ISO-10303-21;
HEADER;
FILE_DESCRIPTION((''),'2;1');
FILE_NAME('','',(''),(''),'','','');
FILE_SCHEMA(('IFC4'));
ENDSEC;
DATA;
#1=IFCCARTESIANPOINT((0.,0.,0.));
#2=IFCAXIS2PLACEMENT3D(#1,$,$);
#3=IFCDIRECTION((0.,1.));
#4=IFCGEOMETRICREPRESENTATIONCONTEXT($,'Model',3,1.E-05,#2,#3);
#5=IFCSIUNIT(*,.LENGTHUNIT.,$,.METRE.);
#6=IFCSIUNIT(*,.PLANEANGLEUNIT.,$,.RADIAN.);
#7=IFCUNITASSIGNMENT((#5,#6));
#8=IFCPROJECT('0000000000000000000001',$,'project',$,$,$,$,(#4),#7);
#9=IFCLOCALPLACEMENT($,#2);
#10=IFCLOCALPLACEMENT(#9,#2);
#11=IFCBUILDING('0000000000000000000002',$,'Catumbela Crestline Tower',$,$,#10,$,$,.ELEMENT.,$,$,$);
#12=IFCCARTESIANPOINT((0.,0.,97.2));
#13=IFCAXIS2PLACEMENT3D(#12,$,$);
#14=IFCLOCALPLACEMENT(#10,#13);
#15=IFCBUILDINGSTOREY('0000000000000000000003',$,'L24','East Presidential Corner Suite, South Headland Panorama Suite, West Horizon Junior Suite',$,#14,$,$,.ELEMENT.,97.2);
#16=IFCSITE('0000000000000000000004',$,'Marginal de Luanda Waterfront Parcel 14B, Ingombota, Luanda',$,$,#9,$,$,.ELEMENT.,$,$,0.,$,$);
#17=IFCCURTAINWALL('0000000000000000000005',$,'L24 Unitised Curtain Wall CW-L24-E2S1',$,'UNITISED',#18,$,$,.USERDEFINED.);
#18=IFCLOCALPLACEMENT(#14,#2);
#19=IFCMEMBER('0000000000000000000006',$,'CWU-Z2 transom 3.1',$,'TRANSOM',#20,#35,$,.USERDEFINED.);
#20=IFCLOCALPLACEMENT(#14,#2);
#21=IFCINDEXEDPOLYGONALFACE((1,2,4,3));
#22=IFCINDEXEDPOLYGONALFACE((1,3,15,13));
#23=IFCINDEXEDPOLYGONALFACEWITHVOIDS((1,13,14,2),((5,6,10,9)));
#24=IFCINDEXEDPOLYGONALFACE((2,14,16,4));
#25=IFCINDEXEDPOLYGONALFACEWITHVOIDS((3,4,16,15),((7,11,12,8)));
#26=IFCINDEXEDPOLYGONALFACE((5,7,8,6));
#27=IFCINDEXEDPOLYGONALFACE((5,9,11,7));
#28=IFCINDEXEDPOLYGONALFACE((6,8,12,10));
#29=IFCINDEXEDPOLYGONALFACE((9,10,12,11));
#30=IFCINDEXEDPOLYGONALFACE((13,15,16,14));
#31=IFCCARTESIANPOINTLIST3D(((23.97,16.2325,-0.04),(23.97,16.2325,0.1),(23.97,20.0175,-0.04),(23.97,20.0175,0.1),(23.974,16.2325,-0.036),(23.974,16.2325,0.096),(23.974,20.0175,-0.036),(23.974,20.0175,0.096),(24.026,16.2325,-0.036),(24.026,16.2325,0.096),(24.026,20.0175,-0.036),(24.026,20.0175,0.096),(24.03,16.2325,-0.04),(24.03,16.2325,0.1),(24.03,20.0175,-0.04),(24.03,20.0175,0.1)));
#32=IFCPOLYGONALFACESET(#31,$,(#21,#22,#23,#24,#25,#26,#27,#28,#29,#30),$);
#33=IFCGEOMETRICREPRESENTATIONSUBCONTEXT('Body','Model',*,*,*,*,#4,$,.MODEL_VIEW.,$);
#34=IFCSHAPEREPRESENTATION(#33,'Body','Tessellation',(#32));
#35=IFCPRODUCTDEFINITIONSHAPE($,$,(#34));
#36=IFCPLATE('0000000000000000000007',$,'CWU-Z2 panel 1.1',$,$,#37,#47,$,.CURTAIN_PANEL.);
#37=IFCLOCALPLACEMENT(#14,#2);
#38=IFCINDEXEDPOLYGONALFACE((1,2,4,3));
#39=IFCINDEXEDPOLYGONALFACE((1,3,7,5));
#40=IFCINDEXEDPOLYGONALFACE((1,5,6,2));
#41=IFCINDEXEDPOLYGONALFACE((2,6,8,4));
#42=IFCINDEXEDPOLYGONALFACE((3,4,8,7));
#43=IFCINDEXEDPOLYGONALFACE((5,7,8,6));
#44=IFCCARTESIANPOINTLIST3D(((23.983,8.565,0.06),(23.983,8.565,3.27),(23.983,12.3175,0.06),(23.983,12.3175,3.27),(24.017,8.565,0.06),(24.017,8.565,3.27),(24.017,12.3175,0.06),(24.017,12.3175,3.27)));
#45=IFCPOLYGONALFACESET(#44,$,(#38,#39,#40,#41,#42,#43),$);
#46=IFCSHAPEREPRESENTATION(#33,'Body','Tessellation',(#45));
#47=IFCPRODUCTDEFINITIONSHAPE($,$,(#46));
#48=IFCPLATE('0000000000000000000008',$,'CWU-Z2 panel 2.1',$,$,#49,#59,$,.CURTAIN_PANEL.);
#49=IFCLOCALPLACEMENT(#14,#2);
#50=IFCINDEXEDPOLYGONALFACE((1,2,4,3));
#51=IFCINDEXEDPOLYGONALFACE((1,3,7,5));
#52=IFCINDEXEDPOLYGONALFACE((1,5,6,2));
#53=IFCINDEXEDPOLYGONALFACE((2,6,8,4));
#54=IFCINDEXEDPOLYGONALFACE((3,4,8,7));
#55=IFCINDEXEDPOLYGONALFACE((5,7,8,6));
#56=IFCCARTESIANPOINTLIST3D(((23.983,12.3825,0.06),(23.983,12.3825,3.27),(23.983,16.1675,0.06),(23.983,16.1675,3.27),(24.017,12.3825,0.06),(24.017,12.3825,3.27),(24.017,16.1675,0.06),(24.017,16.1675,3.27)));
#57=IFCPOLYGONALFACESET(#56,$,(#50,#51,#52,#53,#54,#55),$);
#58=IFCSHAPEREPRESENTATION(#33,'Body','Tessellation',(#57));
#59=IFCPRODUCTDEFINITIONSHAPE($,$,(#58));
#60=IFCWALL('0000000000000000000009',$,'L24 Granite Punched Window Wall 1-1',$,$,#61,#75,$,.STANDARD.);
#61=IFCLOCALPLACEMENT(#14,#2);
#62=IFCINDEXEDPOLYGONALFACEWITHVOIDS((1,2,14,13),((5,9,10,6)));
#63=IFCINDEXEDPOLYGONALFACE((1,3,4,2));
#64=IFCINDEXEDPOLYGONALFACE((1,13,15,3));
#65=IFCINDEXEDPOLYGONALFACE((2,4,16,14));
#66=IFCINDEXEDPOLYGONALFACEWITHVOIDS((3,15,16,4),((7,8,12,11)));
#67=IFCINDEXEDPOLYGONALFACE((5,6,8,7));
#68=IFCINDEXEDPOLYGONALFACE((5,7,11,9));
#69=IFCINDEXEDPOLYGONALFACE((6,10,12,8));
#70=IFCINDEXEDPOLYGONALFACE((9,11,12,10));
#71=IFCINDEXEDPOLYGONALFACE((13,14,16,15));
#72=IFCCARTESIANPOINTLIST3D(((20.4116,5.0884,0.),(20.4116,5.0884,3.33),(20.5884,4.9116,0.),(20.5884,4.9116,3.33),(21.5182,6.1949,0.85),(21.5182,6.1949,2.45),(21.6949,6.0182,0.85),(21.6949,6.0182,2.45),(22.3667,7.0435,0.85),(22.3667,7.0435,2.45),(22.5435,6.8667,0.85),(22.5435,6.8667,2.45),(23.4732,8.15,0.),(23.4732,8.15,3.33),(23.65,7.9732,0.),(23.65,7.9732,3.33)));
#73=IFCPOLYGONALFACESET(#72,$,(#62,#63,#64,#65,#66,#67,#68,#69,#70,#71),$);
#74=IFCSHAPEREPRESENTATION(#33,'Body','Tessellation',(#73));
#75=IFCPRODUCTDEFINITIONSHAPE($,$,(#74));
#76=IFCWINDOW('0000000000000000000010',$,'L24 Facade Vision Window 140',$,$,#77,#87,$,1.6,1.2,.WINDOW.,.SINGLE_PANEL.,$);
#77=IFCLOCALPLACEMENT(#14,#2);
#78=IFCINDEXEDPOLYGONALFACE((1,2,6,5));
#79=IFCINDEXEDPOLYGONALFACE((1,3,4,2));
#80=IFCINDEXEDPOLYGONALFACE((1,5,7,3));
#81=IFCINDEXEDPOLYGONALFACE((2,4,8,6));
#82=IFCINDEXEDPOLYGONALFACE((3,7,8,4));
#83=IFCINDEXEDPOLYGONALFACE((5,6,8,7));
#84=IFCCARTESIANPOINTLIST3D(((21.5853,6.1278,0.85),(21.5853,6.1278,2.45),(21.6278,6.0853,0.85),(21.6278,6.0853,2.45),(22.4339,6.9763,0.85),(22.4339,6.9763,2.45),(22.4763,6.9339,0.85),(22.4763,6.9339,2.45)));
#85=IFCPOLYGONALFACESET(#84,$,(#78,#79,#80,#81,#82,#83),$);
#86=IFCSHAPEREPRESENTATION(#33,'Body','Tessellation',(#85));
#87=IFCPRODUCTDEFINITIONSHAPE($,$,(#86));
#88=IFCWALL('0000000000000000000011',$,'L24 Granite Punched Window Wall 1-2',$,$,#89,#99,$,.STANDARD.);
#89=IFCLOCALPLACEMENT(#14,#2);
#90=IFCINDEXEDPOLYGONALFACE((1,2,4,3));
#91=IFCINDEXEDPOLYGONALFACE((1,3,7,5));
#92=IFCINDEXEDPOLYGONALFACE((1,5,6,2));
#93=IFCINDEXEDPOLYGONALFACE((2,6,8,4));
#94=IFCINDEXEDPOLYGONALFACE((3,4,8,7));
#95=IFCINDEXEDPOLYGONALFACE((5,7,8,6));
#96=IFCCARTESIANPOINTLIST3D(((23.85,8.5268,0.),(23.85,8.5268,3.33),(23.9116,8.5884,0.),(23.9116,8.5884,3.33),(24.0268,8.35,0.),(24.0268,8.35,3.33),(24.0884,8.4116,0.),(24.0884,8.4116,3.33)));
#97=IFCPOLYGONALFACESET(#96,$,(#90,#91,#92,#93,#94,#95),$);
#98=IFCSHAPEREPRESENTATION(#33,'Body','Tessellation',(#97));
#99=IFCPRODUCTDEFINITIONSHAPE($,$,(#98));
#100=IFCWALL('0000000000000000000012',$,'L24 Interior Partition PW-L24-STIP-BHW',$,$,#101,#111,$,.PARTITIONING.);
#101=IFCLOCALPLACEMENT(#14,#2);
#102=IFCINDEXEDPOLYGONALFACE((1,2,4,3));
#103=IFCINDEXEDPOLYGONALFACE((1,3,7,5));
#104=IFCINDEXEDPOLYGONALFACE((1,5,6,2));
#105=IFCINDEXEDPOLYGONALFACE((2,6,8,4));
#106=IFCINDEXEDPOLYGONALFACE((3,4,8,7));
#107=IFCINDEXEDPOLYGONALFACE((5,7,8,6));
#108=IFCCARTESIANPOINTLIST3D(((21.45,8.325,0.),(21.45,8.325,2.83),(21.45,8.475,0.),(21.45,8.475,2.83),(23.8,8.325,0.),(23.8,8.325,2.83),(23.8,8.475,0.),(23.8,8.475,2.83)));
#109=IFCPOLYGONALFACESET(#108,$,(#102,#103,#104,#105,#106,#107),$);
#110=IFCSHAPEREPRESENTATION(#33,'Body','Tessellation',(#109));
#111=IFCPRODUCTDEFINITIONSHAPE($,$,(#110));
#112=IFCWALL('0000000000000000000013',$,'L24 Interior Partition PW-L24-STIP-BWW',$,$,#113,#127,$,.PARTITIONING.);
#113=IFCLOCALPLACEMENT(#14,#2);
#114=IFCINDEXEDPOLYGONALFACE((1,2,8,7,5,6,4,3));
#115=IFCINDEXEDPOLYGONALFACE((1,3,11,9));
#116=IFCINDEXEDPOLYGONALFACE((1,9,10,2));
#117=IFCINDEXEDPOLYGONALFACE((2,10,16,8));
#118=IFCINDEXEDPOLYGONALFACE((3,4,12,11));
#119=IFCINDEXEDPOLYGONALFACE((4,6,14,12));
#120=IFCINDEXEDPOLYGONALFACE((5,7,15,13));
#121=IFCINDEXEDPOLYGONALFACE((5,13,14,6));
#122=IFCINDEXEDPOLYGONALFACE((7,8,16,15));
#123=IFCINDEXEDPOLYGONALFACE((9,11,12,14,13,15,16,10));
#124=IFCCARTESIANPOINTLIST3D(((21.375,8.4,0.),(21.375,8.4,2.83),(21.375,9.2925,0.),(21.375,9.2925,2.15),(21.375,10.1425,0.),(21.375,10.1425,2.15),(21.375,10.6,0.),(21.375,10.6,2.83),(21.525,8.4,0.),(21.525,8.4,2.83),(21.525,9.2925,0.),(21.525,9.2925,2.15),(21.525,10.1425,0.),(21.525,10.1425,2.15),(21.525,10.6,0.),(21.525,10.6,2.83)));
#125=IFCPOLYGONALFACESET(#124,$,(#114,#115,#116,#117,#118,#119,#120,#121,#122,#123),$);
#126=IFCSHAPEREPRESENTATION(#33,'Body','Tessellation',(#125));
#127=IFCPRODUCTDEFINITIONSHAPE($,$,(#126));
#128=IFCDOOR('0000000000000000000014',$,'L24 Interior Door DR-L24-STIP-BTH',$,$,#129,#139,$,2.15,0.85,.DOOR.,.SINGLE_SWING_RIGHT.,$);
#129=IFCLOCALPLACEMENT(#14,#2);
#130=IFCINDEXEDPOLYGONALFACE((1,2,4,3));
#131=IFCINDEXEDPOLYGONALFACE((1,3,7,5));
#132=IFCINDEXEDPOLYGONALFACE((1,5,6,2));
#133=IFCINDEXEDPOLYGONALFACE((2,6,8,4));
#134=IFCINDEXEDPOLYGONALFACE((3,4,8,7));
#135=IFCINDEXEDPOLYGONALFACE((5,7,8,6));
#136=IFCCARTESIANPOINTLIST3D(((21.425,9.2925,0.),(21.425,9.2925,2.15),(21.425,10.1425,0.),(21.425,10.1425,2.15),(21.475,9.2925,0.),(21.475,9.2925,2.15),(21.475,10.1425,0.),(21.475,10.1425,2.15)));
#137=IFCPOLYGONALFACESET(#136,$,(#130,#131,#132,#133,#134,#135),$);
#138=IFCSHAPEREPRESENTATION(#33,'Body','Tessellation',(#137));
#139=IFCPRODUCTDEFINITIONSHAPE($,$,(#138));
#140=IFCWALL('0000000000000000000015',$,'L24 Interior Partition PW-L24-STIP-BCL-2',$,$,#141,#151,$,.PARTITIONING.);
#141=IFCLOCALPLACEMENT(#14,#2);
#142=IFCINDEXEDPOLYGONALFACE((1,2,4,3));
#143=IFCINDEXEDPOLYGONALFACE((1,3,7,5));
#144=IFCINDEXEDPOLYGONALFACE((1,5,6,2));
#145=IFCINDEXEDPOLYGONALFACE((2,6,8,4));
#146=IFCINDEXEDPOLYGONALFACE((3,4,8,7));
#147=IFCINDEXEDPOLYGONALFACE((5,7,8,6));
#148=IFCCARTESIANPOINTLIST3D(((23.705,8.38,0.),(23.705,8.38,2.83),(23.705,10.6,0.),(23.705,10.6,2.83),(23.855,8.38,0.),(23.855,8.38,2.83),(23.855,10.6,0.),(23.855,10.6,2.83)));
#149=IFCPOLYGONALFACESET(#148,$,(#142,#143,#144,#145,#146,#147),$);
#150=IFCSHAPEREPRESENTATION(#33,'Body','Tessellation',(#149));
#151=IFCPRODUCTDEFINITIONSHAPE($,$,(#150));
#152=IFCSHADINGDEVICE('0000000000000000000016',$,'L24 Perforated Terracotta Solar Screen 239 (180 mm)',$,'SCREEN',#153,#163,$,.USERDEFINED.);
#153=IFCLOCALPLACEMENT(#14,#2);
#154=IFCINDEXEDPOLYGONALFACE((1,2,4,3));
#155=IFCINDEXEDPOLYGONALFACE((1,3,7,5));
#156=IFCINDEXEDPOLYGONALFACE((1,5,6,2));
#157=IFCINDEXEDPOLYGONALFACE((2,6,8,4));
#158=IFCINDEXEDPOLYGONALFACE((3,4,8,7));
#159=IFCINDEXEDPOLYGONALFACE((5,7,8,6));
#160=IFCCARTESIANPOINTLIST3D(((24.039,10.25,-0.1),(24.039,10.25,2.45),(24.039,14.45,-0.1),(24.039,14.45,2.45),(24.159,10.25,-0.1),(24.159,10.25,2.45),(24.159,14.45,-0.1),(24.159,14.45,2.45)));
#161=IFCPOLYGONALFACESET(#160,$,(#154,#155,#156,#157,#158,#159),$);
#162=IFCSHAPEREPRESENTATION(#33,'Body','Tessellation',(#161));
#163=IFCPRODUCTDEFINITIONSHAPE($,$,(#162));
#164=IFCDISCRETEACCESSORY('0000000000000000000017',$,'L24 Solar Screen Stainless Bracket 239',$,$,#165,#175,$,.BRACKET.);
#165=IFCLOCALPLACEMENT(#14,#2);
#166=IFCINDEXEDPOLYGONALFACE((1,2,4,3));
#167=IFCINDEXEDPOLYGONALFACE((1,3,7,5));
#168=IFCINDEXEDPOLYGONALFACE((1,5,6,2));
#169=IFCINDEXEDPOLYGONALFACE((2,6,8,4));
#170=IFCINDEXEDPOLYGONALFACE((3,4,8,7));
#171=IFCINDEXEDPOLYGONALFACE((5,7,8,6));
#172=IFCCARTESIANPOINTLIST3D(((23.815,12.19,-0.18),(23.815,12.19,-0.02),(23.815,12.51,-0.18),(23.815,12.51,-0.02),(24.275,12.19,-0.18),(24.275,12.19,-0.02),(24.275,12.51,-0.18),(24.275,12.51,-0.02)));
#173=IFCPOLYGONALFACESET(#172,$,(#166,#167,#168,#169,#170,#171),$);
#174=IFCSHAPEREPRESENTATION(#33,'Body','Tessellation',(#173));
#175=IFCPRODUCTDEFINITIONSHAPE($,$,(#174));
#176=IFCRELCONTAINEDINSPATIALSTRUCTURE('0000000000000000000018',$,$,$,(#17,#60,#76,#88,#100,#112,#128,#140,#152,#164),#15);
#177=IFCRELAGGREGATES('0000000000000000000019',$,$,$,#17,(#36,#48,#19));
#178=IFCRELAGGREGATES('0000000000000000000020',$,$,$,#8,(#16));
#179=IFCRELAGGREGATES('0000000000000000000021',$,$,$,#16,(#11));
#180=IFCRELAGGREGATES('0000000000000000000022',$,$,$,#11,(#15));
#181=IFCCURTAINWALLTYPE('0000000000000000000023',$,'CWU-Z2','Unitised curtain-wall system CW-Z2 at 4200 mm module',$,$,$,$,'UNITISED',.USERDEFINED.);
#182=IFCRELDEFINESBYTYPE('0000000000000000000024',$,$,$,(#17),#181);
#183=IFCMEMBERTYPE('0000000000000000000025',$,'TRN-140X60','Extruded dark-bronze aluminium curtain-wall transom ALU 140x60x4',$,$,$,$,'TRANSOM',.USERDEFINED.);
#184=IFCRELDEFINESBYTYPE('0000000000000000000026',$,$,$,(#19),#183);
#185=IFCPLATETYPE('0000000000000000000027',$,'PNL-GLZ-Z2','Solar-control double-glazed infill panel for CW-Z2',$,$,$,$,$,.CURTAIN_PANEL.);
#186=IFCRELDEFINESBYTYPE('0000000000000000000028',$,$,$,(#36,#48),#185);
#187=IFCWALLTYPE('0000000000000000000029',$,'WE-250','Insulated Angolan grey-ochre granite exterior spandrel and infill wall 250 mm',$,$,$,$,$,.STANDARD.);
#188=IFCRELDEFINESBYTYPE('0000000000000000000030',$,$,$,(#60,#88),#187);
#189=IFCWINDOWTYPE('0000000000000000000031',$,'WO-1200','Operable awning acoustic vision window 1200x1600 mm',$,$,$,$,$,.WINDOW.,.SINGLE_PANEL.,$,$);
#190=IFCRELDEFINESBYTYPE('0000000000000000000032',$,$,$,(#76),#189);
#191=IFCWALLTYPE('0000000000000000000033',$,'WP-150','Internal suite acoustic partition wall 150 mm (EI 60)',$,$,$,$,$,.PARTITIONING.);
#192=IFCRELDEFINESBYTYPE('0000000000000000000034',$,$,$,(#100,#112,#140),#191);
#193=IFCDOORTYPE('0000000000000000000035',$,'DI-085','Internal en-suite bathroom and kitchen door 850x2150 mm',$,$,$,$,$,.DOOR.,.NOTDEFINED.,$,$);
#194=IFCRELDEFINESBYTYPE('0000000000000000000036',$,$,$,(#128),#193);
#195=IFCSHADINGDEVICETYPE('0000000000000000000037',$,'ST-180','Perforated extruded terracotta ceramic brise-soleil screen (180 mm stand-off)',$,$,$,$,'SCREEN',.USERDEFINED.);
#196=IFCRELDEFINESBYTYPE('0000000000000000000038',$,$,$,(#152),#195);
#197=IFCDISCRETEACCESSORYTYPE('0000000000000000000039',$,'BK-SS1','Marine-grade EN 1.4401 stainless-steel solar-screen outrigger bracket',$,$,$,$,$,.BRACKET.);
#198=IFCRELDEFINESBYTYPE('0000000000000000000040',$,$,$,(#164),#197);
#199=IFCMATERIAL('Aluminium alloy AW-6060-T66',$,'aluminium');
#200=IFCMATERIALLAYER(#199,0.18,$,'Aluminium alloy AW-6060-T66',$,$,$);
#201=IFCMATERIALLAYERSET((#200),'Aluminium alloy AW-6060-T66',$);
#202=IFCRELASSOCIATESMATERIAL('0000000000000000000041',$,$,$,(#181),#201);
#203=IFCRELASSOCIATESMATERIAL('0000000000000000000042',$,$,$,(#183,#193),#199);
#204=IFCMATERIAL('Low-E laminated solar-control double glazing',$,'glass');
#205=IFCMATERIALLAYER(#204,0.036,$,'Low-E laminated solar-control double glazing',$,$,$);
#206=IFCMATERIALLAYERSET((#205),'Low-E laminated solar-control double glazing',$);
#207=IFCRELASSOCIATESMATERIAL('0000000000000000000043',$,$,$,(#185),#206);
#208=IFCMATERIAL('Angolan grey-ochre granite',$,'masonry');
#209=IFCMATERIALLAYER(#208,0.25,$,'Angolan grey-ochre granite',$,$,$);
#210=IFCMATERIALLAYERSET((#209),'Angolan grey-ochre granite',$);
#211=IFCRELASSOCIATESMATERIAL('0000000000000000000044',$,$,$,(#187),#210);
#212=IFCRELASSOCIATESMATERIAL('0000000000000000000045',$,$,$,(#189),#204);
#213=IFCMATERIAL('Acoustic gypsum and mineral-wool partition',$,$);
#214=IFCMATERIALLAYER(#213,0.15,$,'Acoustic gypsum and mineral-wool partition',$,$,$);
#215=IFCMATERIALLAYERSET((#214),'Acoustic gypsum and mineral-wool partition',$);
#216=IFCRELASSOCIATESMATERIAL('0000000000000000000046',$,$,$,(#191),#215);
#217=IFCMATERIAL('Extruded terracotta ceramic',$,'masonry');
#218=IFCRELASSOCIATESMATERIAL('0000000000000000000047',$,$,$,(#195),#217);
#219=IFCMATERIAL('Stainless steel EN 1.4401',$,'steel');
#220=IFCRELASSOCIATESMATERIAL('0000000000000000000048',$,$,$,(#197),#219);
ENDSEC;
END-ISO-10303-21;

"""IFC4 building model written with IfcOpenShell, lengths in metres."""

from ifc_helpers import new_model, si_unit, direction, frame, frame_2d, origin, origin_2d, place, context, subcontext, project, spatial, rectangle, hollow_rectangle, extrude, material, layer, layer_set, material_profile, profile_set, type_object, element, fill, aggregate, save


model = new_model("IFC4")

# Units and contexts
model_context = context("Model", 3, precision=1e-05, world=origin(), true_north=direction((0.0, 1.0)))
body_context = subcontext(model_context, "Body", "Model", "MODEL_VIEW")
ifc_project = project(units=[si_unit("LENGTHUNIT", "METRE"), si_unit("PLANEANGLEUNIT", "RADIAN")], contexts=[model_context])

# Site, building, storey
site_placement = place(None, origin())
site = spatial("IfcSite", under=ifc_project, at=site_placement, Name="Marginal de Luanda Waterfront Parcel 14B, Ingombota, Luanda", CompositionType="ELEMENT", RefElevation=0.0)
building_placement = place(site_placement, origin())
building = spatial("IfcBuilding", under=site, at=building_placement, Name="Catumbela Crestline Tower", CompositionType="ELEMENT")
storey_placement = place(building_placement, frame((0.0, 0.0, 97.2)))
storey = spatial("IfcBuildingStorey", under=building, at=storey_placement, Name="L24", Description="East Presidential Corner Suite, South Headland Panorama Suite, West Horizon Junior Suite", CompositionType="ELEMENT", Elevation=97.2)

# Shared definitions
ifc_material_1 = material(Name="Aluminium alloy AW-6060-T66", Category="aluminium")
ifc_layer_1 = layer(ifc_material_1, 0.18, Name="Aluminium alloy AW-6060-T66")
ifc_layer_set_1 = layer_set([ifc_layer_1], Name="Aluminium alloy AW-6060-T66")
curtain_wall_type = type_object("IfcCurtainWallType", Name="CWU-Z2", Description="Unitised curtain-wall system CW-Z2 at 4200 mm module", ElementType="UNITISED", PredefinedType="USERDEFINED", material=ifc_layer_set_1)

# Curtain wall
curtain_wall_1_placement = place(storey_placement, origin())
curtain_wall_1 = element("IfcCurtainWall", 1, at=curtain_wall_1_placement, inside=storey, type_object=curtain_wall_type, Name="L24 Unitised Curtain Wall CW-L24-E2S1", ObjectType="UNITISED", PredefinedType="USERDEFINED")

# Member
ifc_material_profile_1 = material_profile(ifc_material_1, hollow_rectangle(XDim=0.06, YDim=0.14, WallThickness=0.004, at=origin_2d()), Name="ALU 140x60x4")
ifc_profile_set_1 = profile_set([ifc_material_profile_1], Name="Aluminium alloy AW-6060-T66")
member_type_1 = type_object("IfcMemberType", Name="TRN-140X60", Description="Extruded dark-bronze aluminium curtain-wall transom ALU 140x60x4", ElementType="TRANSOM", PredefinedType="USERDEFINED", material=ifc_profile_set_1)
member_1_placement = place(storey_placement, frame((24.0, 16.2325, 0.03), z_axis=(0.0, 1.0, 0.0), x_axis=(-1.0, 0.0, 0.0)))
member_1 = element("IfcMember", 2, at=member_1_placement, type_object=member_type_1, Name="CWU-Z2 transom 3.1", ObjectType="TRANSOM", PredefinedType="USERDEFINED", context=body_context, shape_type="SweptSolid", body=[
    extrude(hollow_rectangle(XDim=0.06, YDim=0.14, WallThickness=0.004, at=origin_2d()), origin(), (0.0, 0.0, 1.0), 3.785),
])

# Plates
ifc_material_2 = material(Name="Low-E laminated solar-control double glazing", Category="glass")
ifc_layer_2 = layer(ifc_material_2, 0.036, Name="Low-E laminated solar-control double glazing")
ifc_layer_set_2 = layer_set([ifc_layer_2], Name="Low-E laminated solar-control double glazing")
plate_type = type_object("IfcPlateType", Name="PNL-GLZ-Z2", Description="Solar-control double-glazed infill panel for CW-Z2", PredefinedType="CURTAIN_PANEL", material=ifc_layer_set_2)
plate_1_placement = place(storey_placement, frame((24.0, 10.4412, 0.06), z_axis=(0.0, 0.0, 1.0), x_axis=(0.0, 1.0, 0.0)))
plate_1 = element("IfcPlate", 3, at=plate_1_placement, type_object=plate_type, Name="CWU-Z2 panel 1.1", PredefinedType="CURTAIN_PANEL", context=body_context, shape_type="SweptSolid", body=[
    extrude(rectangle(XDim=3.7525, YDim=0.034, at=origin_2d()), origin(), (0.0, 0.0, 1.0), 3.21),
])
plate_2_placement = place(storey_placement, frame((24.0, 14.275, 0.06), z_axis=(0.0, 0.0, 1.0), x_axis=(0.0, 1.0, 0.0)))
plate_2 = element("IfcPlate", 4, at=plate_2_placement, type_object=plate_type, Name="CWU-Z2 panel 2.1", PredefinedType="CURTAIN_PANEL", context=body_context, shape_type="SweptSolid", body=[
    extrude(rectangle(XDim=3.785, YDim=0.034, at=origin_2d()), origin(), (0.0, 0.0, 1.0), 3.21),
])
aggregate(curtain_wall_1, [plate_1, plate_2, member_1])

# Wall, opening, window
ifc_material_3 = material(Name="Angolan grey-ochre granite", Category="masonry")
ifc_layer_3 = layer(ifc_material_3, 0.25, Name="Angolan grey-ochre granite")
ifc_layer_set_3 = layer_set([ifc_layer_3], Name="Angolan grey-ochre granite")
wall_type_1 = type_object("IfcWallType", Name="WE-250", Description="Insulated Angolan grey-ochre granite exterior spandrel and infill wall 250 mm", PredefinedType="STANDARD", material=ifc_layer_set_3)
wall_1_placement = place(storey_placement, frame((20.5, 5.0, 0.0), z_axis=(0.0, 0.0, 1.0), x_axis=(0.707107, 0.707107, 0.0)))
wall_1 = element("IfcWall", 5, at=wall_1_placement, inside=storey, type_object=wall_type_1, Name="L24 Granite Punched Window Wall 1-1", PredefinedType="STANDARD", context=body_context, shape_type="SweptSolid", body=[
    extrude(rectangle(XDim=4.3298, YDim=0.25, at=frame_2d((2.1649, 0.0))), origin(), (0.0, 0.0, 1.0), 3.33),
])
opening_1_placement = place(wall_1_placement, frame((1.5649, 0.0, 0.85)))
opening_1 = element("IfcOpeningElement", 6, at=opening_1_placement, cuts=wall_1, PredefinedType="OPENING", context=body_context, shape_type="SweptSolid", body=[
    extrude(rectangle(XDim=1.2, YDim=1.6, at=frame_2d((0.6, 0.8))), frame((0.0, 0.135, 0.0), z_axis=(0.0, -1.0, 0.0), x_axis=(1.0, 0.0, 0.0)), (0.0, 0.0, 1.0), 0.27),
])
window_type = type_object("IfcWindowType", Name="WO-1200", Description="Operable awning acoustic vision window 1200x1600 mm", PartitioningType="SINGLE_PANEL", PredefinedType="WINDOW", material=ifc_material_2)
window_placement = place(opening_1_placement, origin())
window = element("IfcWindow", 7, at=window_placement, inside=storey, type_object=window_type, Name="L24 Facade Vision Window 140", OverallHeight=1.6, OverallWidth=1.2, PartitioningType="SINGLE_PANEL", PredefinedType="WINDOW", context=body_context, shape_type="SweptSolid", body=[
    extrude(rectangle(XDim=1.2, YDim=1.6, at=frame_2d((0.6, 0.8))), frame((0.0, 0.03, 0.0), z_axis=(0.0, -1.0, 0.0), x_axis=(1.0, 0.0, 0.0)), (0.0, 0.0, 1.0), 0.06),
])
fill(opening_1, window)

# Walls
wall_2_placement = place(storey_placement, frame((23.9384, 8.4384, 0.0), z_axis=(0.0, 0.0, 1.0), x_axis=(0.707107, 0.707107, 0.0)))
element("IfcWall", 8, at=wall_2_placement, inside=storey, type_object=wall_type_1, Name="L24 Granite Punched Window Wall 1-2", PredefinedType="STANDARD", context=body_context, shape_type="SweptSolid", body=[
    extrude(rectangle(XDim=0.0871, YDim=0.25, at=frame_2d((0.0436, 0.0))), origin(), (0.0, 0.0, 1.0), 3.33),
])
ifc_material_4 = material(Name="Acoustic gypsum and mineral-wool partition")
ifc_layer_4 = layer(ifc_material_4, 0.15, Name="Acoustic gypsum and mineral-wool partition")
ifc_layer_set_4 = layer_set([ifc_layer_4], Name="Acoustic gypsum and mineral-wool partition")
wall_type_2 = type_object("IfcWallType", Name="WP-150", Description="Internal suite acoustic partition wall 150 mm (EI 60)", PredefinedType="PARTITIONING", material=ifc_layer_set_4)
wall_3_placement = place(storey_placement, frame((21.45, 8.4, 0.0), z_axis=(0.0, 0.0, 1.0), x_axis=(1.0, 0.0, 0.0)))
element("IfcWall", 9, at=wall_3_placement, inside=storey, type_object=wall_type_2, Name="L24 Interior Partition PW-L24-STIP-BHW", PredefinedType="PARTITIONING", context=body_context, shape_type="SweptSolid", body=[
    extrude(rectangle(XDim=2.35, YDim=0.15, at=frame_2d((1.175, 0.0))), origin(), (0.0, 0.0, 1.0), 2.83),
])

# Wall, opening, door
wall_4_placement = place(storey_placement, frame((21.45, 8.4, 0.0), z_axis=(0.0, 0.0, 1.0), x_axis=(0.0, 1.0, 0.0)))
wall_4 = element("IfcWall", 10, at=wall_4_placement, inside=storey, type_object=wall_type_2, Name="L24 Interior Partition PW-L24-STIP-BWW", PredefinedType="PARTITIONING", context=body_context, shape_type="SweptSolid", body=[
    extrude(rectangle(XDim=2.2, YDim=0.15, at=frame_2d((1.1, 0.0))), origin(), (0.0, 0.0, 1.0), 2.83),
])
opening_2_placement = place(wall_4_placement, frame((0.8925, 0.0, 0.0)))
opening_2 = element("IfcOpeningElement", 11, at=opening_2_placement, cuts=wall_4, PredefinedType="OPENING", context=body_context, shape_type="SweptSolid", body=[
    extrude(rectangle(XDim=0.85, YDim=2.15, at=frame_2d((0.425, 1.075))), frame((0.0, 0.085, 0.0), z_axis=(0.0, -1.0, 0.0), x_axis=(1.0, 0.0, 0.0)), (0.0, 0.0, 1.0), 0.17),
])
door_type = type_object("IfcDoorType", Name="DI-085", Description="Internal en-suite bathroom and kitchen door 850x2150 mm", OperationType="NOTDEFINED", PredefinedType="DOOR", material=ifc_material_1)
door_placement = place(opening_2_placement, origin())
door = element("IfcDoor", 12, at=door_placement, inside=storey, type_object=door_type, Name="L24 Interior Door DR-L24-STIP-BTH", OperationType="SINGLE_SWING_RIGHT", OverallHeight=2.15, OverallWidth=0.85, PredefinedType="DOOR", context=body_context, shape_type="SweptSolid", body=[
    extrude(rectangle(XDim=0.85, YDim=2.15, at=frame_2d((0.425, 1.075))), frame((0.0, 0.025, 0.0), z_axis=(0.0, -1.0, 0.0), x_axis=(1.0, 0.0, 0.0)), (0.0, 0.0, 1.0), 0.05),
])
fill(opening_2, door)

# Wall
wall_5_placement = place(storey_placement, frame((23.78, 10.6, 0.0), z_axis=(0.0, 0.0, 1.0), x_axis=(0.0, -1.0, 0.0)))
element("IfcWall", 13, at=wall_5_placement, inside=storey, type_object=wall_type_2, Name="L24 Interior Partition PW-L24-STIP-BCL-2", PredefinedType="PARTITIONING", context=body_context, shape_type="SweptSolid", body=[
    extrude(rectangle(XDim=2.22, YDim=0.15, at=frame_2d((1.11, 0.0))), origin(), (0.0, 0.0, 1.0), 2.83),
])

# Shading device
ifc_material_5 = material(Name="Extruded terracotta ceramic", Category="masonry")
shading_device_type = type_object("IfcShadingDeviceType", Name="ST-180", Description="Perforated extruded terracotta ceramic brise-soleil screen (180 mm stand-off)", ElementType="SCREEN", PredefinedType="USERDEFINED", material=ifc_material_5)
shading_device_placement = place(storey_placement, frame((24.099, 12.35, -0.1), z_axis=(0.0, 0.0, 1.0), x_axis=(0.0, 1.0, 0.0)))
element("IfcShadingDevice", 14, at=shading_device_placement, inside=storey, type_object=shading_device_type, Name="L24 Perforated Terracotta Solar Screen 239 (180 mm)", ObjectType="SCREEN", PredefinedType="USERDEFINED", context=body_context, shape_type="SweptSolid", body=[
    extrude(rectangle(XDim=4.2, YDim=0.12, at=origin_2d()), origin(), (0.0, 0.0, 1.0), 2.55),
])

# Discrete accessory
ifc_material_6 = material(Name="Stainless steel EN 1.4401", Category="steel")
discrete_accessory_type = type_object("IfcDiscreteAccessoryType", Name="BK-SS1", Description="Marine-grade EN 1.4401 stainless-steel solar-screen outrigger bracket", PredefinedType="BRACKET", material=ifc_material_6)
discrete_accessory_placement = place(storey_placement, frame((24.045, 12.35, -0.18), z_axis=(0.0, 0.0, 1.0), x_axis=(0.0, 1.0, 0.0)))
element("IfcDiscreteAccessory", 15, at=discrete_accessory_placement, inside=storey, type_object=discrete_accessory_type, Name="L24 Solar Screen Stainless Bracket 239", PredefinedType="BRACKET", context=body_context, shape_type="SweptSolid", body=[
    extrude(rectangle(XDim=0.32, YDim=0.46, at=origin_2d()), origin(), (0.0, 0.0, 1.0), 0.16),
])

save(model, "model.ifc")
